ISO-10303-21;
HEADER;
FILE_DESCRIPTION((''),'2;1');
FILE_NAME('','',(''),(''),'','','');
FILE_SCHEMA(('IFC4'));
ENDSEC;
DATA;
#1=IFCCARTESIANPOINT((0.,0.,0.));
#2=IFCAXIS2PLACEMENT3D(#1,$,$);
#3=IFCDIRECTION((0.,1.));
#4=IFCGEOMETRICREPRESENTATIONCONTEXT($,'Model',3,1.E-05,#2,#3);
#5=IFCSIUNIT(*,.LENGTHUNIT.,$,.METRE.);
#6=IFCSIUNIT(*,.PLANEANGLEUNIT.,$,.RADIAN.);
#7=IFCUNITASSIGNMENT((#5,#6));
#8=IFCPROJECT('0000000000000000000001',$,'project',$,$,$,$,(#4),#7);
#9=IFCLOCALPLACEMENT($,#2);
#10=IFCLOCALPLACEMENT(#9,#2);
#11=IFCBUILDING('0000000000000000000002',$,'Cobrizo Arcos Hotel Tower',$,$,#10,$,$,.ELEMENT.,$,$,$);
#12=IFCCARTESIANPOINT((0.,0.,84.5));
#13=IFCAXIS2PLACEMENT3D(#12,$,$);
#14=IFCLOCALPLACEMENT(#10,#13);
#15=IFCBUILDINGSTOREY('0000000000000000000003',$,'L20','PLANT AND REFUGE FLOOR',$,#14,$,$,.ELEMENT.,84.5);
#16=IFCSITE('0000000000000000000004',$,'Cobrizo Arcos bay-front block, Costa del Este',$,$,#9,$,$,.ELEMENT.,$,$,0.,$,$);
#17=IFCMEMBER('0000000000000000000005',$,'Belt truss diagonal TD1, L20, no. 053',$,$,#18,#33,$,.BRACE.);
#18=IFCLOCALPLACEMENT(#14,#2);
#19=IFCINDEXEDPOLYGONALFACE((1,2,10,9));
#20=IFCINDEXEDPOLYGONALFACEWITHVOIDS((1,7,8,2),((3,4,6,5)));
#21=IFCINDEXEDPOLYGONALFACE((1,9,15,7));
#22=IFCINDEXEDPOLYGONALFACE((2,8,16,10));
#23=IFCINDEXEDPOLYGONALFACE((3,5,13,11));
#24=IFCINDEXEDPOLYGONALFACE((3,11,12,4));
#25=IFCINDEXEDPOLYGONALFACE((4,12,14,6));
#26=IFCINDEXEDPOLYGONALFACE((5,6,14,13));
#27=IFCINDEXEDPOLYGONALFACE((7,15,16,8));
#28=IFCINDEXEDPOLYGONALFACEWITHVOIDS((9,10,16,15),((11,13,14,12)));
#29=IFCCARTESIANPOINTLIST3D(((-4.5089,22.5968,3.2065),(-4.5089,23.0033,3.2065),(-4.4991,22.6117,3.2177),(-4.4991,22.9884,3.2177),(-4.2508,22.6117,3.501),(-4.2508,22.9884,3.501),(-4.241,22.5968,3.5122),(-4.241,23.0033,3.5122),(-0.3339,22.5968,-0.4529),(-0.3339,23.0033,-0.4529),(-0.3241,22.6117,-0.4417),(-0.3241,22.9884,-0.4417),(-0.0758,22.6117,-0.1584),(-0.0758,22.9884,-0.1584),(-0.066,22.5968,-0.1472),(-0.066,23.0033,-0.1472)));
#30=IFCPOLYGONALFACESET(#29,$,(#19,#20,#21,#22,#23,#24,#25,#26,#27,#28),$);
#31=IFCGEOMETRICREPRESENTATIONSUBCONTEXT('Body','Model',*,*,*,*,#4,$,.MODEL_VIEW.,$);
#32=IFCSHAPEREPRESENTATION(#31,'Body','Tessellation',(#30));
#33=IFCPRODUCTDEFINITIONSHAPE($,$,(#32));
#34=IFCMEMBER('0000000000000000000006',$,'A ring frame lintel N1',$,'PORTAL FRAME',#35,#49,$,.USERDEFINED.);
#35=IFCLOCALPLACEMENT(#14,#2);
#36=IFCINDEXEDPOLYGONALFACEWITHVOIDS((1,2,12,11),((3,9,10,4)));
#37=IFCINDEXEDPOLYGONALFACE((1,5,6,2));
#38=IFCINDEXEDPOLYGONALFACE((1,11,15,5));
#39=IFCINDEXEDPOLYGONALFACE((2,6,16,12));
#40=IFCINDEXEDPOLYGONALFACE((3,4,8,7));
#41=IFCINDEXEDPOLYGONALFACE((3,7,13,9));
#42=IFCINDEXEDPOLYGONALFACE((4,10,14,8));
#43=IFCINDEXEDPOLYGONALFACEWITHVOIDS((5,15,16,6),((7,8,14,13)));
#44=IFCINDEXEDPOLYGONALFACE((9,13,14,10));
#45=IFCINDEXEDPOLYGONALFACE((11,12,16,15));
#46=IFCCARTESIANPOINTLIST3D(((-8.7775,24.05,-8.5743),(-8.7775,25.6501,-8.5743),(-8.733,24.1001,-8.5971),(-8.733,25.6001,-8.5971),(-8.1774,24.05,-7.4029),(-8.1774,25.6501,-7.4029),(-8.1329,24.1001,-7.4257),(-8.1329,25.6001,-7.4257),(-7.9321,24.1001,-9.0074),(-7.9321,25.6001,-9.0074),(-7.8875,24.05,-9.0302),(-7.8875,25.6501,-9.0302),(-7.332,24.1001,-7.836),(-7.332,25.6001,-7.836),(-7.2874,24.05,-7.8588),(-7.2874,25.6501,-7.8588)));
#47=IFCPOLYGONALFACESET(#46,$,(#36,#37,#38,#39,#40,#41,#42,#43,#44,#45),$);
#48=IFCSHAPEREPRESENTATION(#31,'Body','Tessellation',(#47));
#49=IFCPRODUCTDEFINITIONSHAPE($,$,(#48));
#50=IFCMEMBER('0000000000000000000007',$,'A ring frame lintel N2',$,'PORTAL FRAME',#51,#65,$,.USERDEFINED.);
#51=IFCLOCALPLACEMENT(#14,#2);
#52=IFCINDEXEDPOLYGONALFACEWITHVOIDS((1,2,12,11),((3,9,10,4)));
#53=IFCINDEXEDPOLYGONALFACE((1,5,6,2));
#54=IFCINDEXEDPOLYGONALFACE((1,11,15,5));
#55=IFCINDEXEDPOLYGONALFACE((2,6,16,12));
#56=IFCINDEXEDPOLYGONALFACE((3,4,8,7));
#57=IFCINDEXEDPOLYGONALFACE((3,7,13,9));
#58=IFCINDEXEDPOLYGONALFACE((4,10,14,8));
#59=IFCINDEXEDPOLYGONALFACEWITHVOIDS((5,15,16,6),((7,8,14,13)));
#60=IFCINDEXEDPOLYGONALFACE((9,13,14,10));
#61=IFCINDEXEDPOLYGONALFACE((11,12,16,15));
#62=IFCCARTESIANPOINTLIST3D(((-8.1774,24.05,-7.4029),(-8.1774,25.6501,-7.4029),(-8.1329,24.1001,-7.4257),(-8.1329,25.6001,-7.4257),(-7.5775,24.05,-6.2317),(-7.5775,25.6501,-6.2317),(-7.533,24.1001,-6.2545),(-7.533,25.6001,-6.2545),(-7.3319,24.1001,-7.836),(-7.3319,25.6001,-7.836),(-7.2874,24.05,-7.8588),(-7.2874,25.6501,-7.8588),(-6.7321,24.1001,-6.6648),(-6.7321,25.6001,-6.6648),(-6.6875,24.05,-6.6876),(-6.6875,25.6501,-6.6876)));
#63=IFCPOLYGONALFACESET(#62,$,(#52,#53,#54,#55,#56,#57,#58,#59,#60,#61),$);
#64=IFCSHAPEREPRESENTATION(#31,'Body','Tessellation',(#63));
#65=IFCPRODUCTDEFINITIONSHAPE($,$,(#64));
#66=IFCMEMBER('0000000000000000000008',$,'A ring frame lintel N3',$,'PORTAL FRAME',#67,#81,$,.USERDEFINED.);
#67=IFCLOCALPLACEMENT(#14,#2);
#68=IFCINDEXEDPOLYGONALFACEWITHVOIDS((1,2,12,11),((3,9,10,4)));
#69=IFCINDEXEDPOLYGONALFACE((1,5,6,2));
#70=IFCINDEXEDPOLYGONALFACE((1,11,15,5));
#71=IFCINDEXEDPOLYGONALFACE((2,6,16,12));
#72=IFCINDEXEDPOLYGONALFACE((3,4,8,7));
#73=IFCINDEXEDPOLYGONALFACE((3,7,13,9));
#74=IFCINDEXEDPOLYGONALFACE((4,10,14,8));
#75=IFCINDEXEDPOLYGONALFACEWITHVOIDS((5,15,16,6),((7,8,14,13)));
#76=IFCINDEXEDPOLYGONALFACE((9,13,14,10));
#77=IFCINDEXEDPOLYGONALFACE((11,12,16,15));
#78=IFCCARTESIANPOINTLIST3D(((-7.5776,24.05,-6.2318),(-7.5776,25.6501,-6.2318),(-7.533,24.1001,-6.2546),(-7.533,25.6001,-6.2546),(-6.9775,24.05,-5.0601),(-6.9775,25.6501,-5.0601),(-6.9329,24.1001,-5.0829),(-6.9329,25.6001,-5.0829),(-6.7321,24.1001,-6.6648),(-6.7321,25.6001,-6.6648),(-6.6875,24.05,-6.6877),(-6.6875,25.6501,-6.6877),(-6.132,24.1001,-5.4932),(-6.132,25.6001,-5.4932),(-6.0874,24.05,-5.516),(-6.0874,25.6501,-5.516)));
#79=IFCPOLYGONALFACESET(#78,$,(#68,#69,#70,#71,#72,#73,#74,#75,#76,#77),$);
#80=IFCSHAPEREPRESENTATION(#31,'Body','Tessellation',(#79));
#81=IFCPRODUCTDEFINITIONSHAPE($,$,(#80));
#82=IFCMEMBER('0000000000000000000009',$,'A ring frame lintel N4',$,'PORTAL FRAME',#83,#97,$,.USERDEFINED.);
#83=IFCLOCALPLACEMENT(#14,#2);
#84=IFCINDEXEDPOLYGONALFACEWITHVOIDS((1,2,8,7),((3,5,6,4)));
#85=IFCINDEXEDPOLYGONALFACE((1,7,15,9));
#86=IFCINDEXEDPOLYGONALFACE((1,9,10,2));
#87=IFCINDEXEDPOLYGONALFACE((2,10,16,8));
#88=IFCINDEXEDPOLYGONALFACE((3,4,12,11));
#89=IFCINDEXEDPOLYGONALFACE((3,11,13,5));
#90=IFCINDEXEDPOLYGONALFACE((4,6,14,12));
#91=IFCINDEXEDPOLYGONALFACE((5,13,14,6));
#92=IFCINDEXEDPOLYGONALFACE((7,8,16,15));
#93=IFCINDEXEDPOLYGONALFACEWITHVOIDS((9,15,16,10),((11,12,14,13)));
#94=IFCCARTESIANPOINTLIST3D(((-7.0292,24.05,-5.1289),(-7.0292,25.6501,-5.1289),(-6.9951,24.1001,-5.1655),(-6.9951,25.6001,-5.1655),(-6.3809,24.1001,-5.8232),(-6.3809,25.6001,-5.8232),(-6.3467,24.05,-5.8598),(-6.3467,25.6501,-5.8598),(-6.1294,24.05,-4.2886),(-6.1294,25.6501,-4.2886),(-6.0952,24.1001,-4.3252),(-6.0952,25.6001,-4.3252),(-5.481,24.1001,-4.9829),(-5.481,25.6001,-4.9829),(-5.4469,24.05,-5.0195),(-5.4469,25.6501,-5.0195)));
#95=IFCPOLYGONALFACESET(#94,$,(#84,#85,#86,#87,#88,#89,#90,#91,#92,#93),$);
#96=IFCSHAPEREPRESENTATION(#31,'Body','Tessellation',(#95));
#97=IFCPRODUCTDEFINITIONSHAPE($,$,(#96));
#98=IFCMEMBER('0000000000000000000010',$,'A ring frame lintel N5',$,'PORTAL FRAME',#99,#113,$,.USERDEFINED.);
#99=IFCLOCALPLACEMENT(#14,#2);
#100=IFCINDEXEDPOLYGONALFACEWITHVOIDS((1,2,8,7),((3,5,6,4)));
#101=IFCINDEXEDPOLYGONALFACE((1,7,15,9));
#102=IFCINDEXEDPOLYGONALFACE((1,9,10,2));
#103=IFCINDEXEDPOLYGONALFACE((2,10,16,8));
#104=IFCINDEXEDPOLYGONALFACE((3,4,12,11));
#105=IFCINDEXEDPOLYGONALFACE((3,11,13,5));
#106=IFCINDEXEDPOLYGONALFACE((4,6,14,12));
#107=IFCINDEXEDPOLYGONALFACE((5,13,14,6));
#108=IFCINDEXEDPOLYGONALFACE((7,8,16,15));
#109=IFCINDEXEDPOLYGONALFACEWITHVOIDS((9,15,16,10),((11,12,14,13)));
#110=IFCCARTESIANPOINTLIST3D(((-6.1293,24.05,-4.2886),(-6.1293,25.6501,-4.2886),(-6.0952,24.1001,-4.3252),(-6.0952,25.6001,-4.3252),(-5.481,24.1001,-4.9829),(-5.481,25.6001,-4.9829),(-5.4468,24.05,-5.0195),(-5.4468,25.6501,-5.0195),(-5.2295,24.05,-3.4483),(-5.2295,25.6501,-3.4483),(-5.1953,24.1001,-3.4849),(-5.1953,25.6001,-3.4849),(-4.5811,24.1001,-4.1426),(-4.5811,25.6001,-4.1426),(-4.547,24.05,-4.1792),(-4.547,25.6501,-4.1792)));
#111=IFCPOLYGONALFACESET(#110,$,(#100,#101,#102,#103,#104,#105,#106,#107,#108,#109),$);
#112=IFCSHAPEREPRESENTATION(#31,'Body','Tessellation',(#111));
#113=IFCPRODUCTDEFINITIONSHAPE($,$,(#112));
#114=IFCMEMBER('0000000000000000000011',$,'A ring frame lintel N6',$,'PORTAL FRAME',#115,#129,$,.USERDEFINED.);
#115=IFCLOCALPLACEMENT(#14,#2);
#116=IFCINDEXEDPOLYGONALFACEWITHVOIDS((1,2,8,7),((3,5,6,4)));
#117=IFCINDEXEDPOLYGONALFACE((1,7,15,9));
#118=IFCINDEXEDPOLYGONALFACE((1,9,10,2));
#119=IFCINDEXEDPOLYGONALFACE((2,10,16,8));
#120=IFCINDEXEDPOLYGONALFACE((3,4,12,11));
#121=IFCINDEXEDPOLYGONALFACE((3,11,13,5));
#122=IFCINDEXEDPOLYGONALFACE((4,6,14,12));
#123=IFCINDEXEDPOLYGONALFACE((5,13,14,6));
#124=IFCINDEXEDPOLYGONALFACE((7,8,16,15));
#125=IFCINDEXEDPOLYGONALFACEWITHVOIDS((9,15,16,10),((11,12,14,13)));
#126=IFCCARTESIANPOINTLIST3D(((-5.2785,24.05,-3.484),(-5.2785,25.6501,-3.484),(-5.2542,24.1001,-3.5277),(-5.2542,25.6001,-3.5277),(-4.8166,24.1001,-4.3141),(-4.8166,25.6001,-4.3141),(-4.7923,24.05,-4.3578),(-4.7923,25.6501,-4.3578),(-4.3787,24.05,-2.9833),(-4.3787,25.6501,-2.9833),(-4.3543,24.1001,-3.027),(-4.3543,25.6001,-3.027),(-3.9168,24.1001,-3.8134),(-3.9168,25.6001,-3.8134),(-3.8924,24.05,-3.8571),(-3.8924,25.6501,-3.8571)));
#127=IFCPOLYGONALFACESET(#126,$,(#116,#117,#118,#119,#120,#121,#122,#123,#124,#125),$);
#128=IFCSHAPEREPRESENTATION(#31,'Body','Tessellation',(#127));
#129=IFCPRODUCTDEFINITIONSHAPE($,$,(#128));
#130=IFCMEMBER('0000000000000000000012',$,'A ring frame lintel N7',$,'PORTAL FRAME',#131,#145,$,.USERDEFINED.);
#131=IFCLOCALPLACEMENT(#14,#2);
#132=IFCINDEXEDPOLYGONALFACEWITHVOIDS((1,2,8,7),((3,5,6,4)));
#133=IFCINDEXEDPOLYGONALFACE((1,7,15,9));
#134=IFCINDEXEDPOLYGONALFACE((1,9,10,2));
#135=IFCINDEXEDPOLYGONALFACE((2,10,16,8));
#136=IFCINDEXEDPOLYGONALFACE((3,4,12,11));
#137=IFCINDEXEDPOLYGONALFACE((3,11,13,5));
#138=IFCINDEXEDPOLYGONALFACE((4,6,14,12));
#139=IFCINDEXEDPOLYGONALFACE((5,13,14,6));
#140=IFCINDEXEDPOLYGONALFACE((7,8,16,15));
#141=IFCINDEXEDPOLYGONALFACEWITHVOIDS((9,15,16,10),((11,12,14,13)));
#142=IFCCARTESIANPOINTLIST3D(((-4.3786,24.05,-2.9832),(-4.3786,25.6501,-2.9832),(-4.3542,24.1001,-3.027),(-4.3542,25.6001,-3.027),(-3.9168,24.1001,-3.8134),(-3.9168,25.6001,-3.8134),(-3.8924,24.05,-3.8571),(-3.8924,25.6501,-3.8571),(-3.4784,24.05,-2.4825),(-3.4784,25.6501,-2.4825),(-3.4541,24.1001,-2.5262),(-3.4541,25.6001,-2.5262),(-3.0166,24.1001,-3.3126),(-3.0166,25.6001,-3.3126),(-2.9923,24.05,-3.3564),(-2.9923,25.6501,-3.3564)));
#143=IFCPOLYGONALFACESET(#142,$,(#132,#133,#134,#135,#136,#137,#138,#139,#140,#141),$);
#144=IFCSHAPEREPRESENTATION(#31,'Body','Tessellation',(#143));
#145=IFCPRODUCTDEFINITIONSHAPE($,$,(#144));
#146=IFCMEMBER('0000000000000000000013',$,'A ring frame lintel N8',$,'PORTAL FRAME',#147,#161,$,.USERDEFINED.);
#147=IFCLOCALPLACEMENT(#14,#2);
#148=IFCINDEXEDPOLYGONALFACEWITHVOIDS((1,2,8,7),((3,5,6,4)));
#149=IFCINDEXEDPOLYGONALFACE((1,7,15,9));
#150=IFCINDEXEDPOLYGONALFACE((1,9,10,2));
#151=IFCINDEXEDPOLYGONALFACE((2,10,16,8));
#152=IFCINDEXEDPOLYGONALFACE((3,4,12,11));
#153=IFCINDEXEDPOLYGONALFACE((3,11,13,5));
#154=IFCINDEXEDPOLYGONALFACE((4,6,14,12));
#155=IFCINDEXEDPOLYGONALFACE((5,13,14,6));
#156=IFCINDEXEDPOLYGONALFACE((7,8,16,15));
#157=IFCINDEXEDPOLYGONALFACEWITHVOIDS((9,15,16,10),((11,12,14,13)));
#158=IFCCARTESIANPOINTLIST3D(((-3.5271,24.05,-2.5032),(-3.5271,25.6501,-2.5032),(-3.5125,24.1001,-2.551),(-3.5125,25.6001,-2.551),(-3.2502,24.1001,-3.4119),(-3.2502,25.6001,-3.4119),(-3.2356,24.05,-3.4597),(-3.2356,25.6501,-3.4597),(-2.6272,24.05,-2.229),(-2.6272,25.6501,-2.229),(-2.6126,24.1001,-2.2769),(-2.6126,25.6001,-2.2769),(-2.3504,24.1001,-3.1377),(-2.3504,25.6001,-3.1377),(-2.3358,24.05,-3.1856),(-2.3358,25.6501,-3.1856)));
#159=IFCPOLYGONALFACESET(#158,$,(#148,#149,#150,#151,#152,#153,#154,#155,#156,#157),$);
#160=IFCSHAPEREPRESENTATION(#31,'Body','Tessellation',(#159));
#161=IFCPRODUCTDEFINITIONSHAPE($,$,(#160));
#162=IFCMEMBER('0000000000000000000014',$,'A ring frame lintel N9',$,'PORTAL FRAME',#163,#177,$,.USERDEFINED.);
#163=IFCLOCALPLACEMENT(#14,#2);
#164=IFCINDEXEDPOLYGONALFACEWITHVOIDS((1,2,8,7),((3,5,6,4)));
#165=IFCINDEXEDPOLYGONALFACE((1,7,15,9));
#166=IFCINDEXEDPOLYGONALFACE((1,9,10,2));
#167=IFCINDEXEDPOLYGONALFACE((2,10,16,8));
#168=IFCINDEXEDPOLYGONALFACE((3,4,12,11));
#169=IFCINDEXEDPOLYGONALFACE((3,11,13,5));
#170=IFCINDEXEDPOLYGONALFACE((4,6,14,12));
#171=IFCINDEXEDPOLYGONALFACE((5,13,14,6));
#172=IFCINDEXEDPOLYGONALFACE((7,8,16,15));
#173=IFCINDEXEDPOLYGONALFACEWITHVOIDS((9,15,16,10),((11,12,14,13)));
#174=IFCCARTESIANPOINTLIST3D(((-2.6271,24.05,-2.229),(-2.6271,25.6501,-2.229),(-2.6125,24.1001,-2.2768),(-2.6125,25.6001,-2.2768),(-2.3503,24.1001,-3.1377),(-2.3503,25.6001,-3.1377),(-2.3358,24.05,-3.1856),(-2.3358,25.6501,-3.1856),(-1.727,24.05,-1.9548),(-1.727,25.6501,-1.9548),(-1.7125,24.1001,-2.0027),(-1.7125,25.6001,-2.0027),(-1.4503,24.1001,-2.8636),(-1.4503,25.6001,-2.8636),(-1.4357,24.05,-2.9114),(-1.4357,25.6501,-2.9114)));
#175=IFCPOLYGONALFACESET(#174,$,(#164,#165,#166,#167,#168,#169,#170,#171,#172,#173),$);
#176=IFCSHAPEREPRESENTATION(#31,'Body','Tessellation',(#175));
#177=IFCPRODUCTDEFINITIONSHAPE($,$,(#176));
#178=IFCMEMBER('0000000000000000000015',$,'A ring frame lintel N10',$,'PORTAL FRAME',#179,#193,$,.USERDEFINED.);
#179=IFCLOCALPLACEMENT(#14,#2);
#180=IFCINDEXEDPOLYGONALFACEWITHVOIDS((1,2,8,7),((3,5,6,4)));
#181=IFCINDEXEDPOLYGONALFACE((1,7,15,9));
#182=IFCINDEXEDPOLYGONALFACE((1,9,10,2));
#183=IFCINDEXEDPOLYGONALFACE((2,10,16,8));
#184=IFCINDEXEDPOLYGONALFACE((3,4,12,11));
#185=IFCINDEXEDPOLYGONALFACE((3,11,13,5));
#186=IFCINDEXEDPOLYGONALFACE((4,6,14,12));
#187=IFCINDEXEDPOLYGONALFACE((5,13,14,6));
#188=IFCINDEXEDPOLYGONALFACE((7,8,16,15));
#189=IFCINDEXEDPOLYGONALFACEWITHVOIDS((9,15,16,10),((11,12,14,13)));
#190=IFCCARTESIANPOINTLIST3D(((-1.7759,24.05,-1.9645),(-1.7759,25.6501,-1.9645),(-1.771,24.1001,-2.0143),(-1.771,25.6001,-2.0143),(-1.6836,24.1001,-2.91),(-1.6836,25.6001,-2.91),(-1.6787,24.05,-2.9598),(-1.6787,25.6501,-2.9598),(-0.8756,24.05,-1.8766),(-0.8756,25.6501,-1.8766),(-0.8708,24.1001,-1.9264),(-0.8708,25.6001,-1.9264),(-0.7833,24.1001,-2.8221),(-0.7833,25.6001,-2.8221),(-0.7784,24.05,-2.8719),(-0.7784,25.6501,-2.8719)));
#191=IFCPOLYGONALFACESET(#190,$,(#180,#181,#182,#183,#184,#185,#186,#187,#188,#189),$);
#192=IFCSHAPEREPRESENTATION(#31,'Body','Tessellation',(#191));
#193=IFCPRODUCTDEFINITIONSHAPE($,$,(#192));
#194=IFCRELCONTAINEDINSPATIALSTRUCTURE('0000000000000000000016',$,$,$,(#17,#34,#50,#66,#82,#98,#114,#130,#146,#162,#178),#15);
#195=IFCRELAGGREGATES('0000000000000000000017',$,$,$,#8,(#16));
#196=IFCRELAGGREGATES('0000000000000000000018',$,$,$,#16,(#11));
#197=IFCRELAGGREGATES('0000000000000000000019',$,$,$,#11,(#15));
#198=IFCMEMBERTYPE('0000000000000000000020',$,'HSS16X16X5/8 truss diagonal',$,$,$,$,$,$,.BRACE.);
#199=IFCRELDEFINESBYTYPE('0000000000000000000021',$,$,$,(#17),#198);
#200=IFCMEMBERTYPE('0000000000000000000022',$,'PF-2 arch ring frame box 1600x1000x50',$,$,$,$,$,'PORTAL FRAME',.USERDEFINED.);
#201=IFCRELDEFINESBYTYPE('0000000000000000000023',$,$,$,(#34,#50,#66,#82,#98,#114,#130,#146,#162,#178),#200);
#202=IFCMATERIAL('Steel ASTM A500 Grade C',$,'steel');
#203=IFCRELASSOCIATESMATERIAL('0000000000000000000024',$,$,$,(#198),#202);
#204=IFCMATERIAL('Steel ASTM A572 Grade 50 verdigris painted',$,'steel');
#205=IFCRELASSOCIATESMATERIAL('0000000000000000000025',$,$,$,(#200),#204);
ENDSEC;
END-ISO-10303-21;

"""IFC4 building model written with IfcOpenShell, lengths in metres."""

from ifc_helpers import new_model, si_unit, direction, frame, origin, origin_2d, place, context, subcontext, project, spatial, hollow_rectangle, extrude, material, material_profile, profile_set, type_object, element, save


model = new_model("IFC4")

# Units and contexts
model_context = context("Model", 3, precision=1e-05, world=origin(), true_north=direction((0.0, 1.0)))
body_context = subcontext(model_context, "Body", "Model", "MODEL_VIEW")
ifc_project = project(units=[si_unit("LENGTHUNIT", "METRE"), si_unit("PLANEANGLEUNIT", "RADIAN")], contexts=[model_context])

# Site, building, storey
site_placement = place(None, origin())
site = spatial("IfcSite", under=ifc_project, at=site_placement, Name="Cobrizo Arcos bay-front block, Costa del Este", CompositionType="ELEMENT", RefElevation=0.0)
building_placement = place(site_placement, origin())
building = spatial("IfcBuilding", under=site, at=building_placement, Name="Cobrizo Arcos Hotel Tower", CompositionType="ELEMENT")
storey_placement = place(building_placement, frame((0.0, 0.0, 84.5)))
storey = spatial("IfcBuildingStorey", under=building, at=storey_placement, Name="L20", Description="PLANT AND REFUGE FLOOR", CompositionType="ELEMENT", Elevation=84.5)

# Members
ifc_material_1 = material(Name="Steel ASTM A500 Grade C", Category="steel")
ifc_material_profile_1 = material_profile(ifc_material_1, hollow_rectangle(XDim=0.4065, YDim=0.4065, WallThickness=0.0149, at=origin_2d()), Name="HSS16X16X5/8")
ifc_profile_set_1 = profile_set([ifc_material_profile_1], Name="Steel ASTM A500 Grade C")
member_type_1 = type_object("IfcMemberType", Name="HSS16X16X5/8 truss diagonal", PredefinedType="BRACE", material=ifc_profile_set_1)
member_1_placement = place(storey_placement, frame((-0.2, 22.8, -0.3), z_axis=(-0.752018, 0.0, 0.659143), x_axis=(0.0, -1.0, 0.0)))
element("IfcMember", 1, at=member_1_placement, inside=storey, type_object=member_type_1, Name="Belt truss diagonal TD1, L20, no. 053", PredefinedType="BRACE", context=body_context, shape_type="SweptSolid", body=[
    extrude(hollow_rectangle(XDim=0.4065, YDim=0.4065, WallThickness=0.0149, at=origin_2d()), origin(), (0.0, 0.0, 1.0), 5.5518),
])
ifc_material_2 = material(Name="Steel ASTM A572 Grade 50 verdigris painted", Category="steel")
ifc_material_profile_2 = material_profile(ifc_material_2, hollow_rectangle(XDim=1.6001, YDim=1.0, WallThickness=0.05, at=origin_2d()), Name="PF-2 arch ring frame box 1600x1000x50")
ifc_profile_set_2 = profile_set([ifc_material_profile_2], Name="Steel ASTM A572 Grade 50 verdigris painted")
member_type_2 = type_object("IfcMemberType", Name="PF-2 arch ring frame box 1600x1000x50", ElementType="PORTAL FRAME", PredefinedType="USERDEFINED", material=ifc_profile_set_2)
member_2_placement = place(storey_placement, frame((-8.3325, 24.8501, -8.8022), z_axis=(0.455948, 0.0, 0.890007), x_axis=(0.0, 1.0, 0.0)))
element("IfcMember", 2, at=member_2_placement, inside=storey, type_object=member_type_2, Name="A ring frame lintel N1", ObjectType="PORTAL FRAME", PredefinedType="USERDEFINED", context=body_context, shape_type="SweptSolid", body=[
    extrude(hollow_rectangle(XDim=1.6001, YDim=1.0, WallThickness=0.05, at=origin_2d()), origin(), (0.0, 0.0, 1.0), 1.3162),
])
member_3_placement = place(storey_placement, frame((-7.7324, 24.8501, -7.6309), z_axis=(0.455876, 0.0, 0.890043), x_axis=(0.0, 1.0, 0.0)))
element("IfcMember", 3, at=member_3_placement, inside=storey, type_object=member_type_2, Name="A ring frame lintel N2", ObjectType="PORTAL FRAME", PredefinedType="USERDEFINED", context=body_context, shape_type="SweptSolid", body=[
    extrude(hollow_rectangle(XDim=1.6001, YDim=1.0, WallThickness=0.05, at=origin_2d()), origin(), (0.0, 0.0, 1.0), 1.3159),
])
member_4_placement = place(storey_placement, frame((-7.1326, 24.8501, -6.4597), z_axis=(0.455872, 0.0, 0.890045), x_axis=(0.0, 1.0, 0.0)))
element("IfcMember", 4, at=member_4_placement, inside=storey, type_object=member_type_2, Name="A ring frame lintel N3", ObjectType="PORTAL FRAME", PredefinedType="USERDEFINED", context=body_context, shape_type="SweptSolid", body=[
    extrude(hollow_rectangle(XDim=1.6001, YDim=1.0, WallThickness=0.05, at=origin_2d()), origin(), (0.0, 0.0, 1.0), 1.3164),
])
for number, where, z_axis, x_axis, name in (
    (5, (-6.688, 24.8501, -5.4944), (0.730884, 0.0, 0.682502), (0.0, 1.0, 0.0), "A ring frame lintel N4"),
    (6, (-5.7881, 24.8501, -4.6541), (0.730884, 0.0, 0.682502), (0.0, 1.0, 0.0), "A ring frame lintel N5"),
):
    element("IfcMember", number, at=place(storey_placement, frame(where, z_axis=z_axis, x_axis=x_axis)), inside=storey, type_object=member_type_2, Name=name, ObjectType="PORTAL FRAME", PredefinedType="USERDEFINED", context=body_context, shape_type="SweptSolid", body=[
        extrude(hollow_rectangle(XDim=1.6001, YDim=1.0, WallThickness=0.05, at=origin_2d()), origin(), (0.0, 0.0, 1.0), 1.2312),
    ])
member_5_placement = place(storey_placement, frame((-5.0354, 24.8501, -3.9209), z_axis=(0.873833, 0.0, 0.486227), x_axis=(0.0, 1.0, 0.0)))
element("IfcMember", 7, at=member_5_placement, inside=storey, type_object=member_type_2, Name="A ring frame lintel N6", ObjectType="PORTAL FRAME", PredefinedType="USERDEFINED", context=body_context, shape_type="SweptSolid", body=[
    extrude(hollow_rectangle(XDim=1.6001, YDim=1.0, WallThickness=0.05, at=origin_2d()), origin(), (0.0, 0.0, 1.0), 1.0298),
])
member_6_placement = place(storey_placement, frame((-4.1355, 24.8501, -3.4202), z_axis=(0.873889, 0.0, 0.486126), x_axis=(0.0, 1.0, 0.0)))
element("IfcMember", 8, at=member_6_placement, inside=storey, type_object=member_type_2, Name="A ring frame lintel N7", ObjectType="PORTAL FRAME", PredefinedType="USERDEFINED", context=body_context, shape_type="SweptSolid", body=[
    extrude(hollow_rectangle(XDim=1.6001, YDim=1.0, WallThickness=0.05, at=origin_2d()), origin(), (0.0, 0.0, 1.0), 1.03),
])
member_7_placement = place(storey_placement, frame((-3.3813, 24.8501, -2.9814), z_axis=(0.956589, 0.0, 0.29144), x_axis=(0.0, 1.0, 0.0)))
element("IfcMember", 9, at=member_7_placement, inside=storey, type_object=member_type_2, Name="A ring frame lintel N8", ObjectType="PORTAL FRAME", PredefinedType="USERDEFINED", context=body_context, shape_type="SweptSolid", body=[
    extrude(hollow_rectangle(XDim=1.6001, YDim=1.0, WallThickness=0.05, at=origin_2d()), origin(), (0.0, 0.0, 1.0), 0.9407),
])
member_8_placement = place(storey_placement, frame((-2.4814, 24.8501, -2.7073), z_axis=(0.956611, 0.0, 0.291368), x_axis=(0.0, 1.0, 0.0)))
element("IfcMember", 10, at=member_8_placement, inside=storey, type_object=member_type_2, Name="A ring frame lintel N9", ObjectType="PORTAL FRAME", PredefinedType="USERDEFINED", context=body_context, shape_type="SweptSolid", body=[
    extrude(hollow_rectangle(XDim=1.6001, YDim=1.0, WallThickness=0.05, at=origin_2d()), origin(), (0.0, 0.0, 1.0), 0.9409),
])
member_9_placement = place(storey_placement, frame((-1.7273, 24.8501, -2.4622), z_axis=(0.995267, 0.0, 0.097178), x_axis=(0.0, 1.0, 0.0)))
element("IfcMember", 11, at=member_9_placement, inside=storey, type_object=member_type_2, Name="A ring frame lintel N10", ObjectType="PORTAL FRAME", PredefinedType="USERDEFINED", context=body_context, shape_type="SweptSolid", body=[
    extrude(hollow_rectangle(XDim=1.6001, YDim=1.0, WallThickness=0.05, at=origin_2d()), origin(), (0.0, 0.0, 1.0), 0.9045),
])

save(model, "model.ifc")
